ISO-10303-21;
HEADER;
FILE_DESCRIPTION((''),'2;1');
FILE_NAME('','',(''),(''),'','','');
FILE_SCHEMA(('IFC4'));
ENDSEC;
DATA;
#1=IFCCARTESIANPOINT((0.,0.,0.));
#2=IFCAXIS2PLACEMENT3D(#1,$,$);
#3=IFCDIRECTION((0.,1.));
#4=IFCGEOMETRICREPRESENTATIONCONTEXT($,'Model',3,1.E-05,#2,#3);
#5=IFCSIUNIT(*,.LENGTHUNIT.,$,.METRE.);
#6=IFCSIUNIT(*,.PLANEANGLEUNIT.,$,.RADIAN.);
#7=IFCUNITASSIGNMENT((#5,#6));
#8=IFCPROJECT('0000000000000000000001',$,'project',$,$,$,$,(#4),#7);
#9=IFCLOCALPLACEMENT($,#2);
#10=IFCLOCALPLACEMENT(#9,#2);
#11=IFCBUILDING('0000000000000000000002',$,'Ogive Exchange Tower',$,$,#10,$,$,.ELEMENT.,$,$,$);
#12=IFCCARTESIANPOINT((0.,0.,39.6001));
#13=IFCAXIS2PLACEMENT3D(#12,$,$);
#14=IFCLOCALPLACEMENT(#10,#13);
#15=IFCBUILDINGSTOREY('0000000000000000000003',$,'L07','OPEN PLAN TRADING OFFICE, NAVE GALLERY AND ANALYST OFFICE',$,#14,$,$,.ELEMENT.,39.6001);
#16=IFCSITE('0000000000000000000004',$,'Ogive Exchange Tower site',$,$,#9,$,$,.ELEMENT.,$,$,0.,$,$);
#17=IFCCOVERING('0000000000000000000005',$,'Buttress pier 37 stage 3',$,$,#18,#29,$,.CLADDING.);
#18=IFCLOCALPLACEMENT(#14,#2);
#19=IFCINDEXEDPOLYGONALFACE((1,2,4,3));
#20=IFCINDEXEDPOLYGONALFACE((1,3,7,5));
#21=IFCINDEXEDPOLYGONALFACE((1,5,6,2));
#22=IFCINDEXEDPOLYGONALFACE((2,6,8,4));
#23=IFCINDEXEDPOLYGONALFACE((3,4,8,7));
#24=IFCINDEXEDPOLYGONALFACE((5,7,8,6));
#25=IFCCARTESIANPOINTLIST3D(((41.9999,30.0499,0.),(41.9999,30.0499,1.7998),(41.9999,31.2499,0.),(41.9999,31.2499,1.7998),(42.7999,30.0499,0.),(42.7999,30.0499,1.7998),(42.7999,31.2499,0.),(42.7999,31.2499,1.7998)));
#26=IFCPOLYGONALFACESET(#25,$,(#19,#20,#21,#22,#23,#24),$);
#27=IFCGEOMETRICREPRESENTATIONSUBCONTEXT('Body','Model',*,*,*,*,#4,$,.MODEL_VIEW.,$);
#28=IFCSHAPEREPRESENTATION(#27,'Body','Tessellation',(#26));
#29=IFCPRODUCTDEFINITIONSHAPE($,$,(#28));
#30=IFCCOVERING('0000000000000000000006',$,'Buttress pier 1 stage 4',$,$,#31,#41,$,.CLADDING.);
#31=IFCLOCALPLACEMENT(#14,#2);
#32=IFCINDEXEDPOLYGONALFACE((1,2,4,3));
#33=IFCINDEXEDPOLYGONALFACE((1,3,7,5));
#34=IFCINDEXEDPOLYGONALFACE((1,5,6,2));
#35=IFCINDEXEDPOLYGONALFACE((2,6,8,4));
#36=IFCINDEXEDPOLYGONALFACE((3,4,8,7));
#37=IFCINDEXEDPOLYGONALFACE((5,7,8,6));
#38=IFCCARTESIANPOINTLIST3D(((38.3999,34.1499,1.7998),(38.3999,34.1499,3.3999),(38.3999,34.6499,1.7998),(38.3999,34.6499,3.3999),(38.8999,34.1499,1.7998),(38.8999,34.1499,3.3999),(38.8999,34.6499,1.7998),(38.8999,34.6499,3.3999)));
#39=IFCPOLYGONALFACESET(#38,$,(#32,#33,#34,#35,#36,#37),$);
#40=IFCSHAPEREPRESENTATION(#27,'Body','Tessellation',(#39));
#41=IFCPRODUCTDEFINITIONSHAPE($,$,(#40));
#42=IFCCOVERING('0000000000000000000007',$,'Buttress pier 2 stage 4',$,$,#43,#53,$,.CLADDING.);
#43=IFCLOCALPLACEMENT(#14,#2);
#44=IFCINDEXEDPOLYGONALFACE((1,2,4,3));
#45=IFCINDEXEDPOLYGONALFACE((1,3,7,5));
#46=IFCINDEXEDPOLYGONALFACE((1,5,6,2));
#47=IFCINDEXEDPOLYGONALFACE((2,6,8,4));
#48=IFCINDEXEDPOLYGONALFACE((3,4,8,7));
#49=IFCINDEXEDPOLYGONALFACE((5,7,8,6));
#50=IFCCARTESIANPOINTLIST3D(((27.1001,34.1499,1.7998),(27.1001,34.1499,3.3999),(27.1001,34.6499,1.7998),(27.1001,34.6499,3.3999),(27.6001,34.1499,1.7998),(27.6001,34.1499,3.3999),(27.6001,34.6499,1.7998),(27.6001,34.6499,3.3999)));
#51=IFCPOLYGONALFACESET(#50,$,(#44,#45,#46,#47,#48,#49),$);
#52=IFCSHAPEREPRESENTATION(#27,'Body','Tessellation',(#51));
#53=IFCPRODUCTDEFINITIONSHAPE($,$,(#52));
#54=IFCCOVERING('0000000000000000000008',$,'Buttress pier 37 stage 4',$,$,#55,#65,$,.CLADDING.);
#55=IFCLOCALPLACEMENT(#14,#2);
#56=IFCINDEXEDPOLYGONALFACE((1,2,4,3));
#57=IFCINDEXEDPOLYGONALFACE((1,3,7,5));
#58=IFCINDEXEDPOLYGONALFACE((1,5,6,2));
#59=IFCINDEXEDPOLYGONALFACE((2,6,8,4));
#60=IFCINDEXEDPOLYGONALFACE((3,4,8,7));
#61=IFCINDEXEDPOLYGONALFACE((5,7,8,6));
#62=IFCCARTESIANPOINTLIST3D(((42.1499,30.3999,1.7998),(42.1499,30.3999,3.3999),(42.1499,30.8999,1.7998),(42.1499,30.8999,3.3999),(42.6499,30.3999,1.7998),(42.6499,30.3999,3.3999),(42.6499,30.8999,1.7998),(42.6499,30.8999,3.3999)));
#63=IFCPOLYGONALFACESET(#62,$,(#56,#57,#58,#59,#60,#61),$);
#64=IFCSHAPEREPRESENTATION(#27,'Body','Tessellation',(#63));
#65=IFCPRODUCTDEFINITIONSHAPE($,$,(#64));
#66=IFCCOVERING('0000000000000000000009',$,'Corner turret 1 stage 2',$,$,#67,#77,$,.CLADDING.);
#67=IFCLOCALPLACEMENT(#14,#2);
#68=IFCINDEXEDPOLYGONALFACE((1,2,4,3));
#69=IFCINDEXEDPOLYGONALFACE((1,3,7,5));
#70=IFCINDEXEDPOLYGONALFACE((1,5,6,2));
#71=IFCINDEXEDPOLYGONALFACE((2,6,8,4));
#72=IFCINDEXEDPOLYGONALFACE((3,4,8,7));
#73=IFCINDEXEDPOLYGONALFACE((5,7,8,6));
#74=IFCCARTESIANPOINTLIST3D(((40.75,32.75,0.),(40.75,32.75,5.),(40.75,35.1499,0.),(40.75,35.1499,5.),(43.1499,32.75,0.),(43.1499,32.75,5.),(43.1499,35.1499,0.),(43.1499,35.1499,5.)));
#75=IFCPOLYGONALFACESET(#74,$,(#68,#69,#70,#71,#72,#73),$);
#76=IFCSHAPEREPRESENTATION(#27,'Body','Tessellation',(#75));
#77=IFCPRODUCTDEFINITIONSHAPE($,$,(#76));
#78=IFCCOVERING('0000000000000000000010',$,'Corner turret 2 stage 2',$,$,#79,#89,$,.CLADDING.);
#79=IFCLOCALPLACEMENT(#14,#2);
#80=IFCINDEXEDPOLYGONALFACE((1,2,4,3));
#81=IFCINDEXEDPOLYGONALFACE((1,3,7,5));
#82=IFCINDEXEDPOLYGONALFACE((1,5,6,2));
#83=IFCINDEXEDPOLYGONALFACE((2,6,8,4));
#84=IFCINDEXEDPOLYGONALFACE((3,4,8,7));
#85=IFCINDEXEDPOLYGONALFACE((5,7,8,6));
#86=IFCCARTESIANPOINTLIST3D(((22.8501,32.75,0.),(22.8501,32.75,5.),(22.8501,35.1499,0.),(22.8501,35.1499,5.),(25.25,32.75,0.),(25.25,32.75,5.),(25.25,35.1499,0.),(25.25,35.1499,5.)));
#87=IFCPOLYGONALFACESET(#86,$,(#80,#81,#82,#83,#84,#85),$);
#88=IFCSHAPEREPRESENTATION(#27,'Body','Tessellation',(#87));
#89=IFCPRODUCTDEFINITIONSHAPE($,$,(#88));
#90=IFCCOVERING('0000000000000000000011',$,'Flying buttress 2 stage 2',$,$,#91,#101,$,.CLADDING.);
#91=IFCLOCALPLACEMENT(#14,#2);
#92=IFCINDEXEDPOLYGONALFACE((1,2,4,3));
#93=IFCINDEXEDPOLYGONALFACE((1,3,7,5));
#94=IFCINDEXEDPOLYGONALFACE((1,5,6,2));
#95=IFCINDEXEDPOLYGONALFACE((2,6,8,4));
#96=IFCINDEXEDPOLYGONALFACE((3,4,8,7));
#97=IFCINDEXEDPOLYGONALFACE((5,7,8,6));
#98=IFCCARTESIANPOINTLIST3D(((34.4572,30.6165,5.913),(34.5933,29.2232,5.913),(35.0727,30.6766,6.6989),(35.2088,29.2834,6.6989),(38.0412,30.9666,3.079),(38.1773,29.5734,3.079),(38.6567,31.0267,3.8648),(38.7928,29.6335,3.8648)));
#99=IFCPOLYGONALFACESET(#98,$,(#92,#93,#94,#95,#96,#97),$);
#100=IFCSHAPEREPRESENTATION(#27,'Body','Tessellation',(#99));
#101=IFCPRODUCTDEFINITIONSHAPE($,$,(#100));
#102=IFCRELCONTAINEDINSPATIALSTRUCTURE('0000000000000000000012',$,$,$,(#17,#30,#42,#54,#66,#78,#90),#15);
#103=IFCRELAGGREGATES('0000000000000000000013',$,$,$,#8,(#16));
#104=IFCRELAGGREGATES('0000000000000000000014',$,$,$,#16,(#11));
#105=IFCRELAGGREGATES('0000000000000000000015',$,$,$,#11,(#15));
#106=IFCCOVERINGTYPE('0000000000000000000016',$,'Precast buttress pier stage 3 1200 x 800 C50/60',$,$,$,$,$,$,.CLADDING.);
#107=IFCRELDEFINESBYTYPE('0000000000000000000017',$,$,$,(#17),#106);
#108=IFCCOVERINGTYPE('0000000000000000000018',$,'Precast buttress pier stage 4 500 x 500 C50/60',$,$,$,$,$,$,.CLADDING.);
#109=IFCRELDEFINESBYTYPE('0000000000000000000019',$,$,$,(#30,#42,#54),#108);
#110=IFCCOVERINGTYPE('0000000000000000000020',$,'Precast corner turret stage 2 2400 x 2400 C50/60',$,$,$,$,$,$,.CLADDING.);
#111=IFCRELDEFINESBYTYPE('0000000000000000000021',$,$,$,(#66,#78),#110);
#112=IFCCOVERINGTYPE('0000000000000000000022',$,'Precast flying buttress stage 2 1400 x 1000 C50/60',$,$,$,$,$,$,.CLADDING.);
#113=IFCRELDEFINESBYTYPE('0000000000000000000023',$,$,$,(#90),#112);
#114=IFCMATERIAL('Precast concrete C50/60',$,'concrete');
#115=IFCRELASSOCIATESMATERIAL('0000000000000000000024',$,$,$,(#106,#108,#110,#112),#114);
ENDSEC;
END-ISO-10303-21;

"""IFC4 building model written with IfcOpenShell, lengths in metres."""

from ifc_helpers import new_model, si_unit, direction, frame, origin, origin_2d, place, context, subcontext, project, spatial, rectangle, extrude, material, material_profile, profile_set, type_object, element, save


model = new_model("IFC4")

# Units and contexts
model_context = context("Model", 3, precision=1e-05, world=origin(), true_north=direction((0.0, 1.0)))
body_context = subcontext(model_context, "Body", "Model", "MODEL_VIEW")
ifc_project = project(units=[si_unit("LENGTHUNIT", "METRE"), si_unit("PLANEANGLEUNIT", "RADIAN")], contexts=[model_context])

# Site, building, storey
site_placement = place(None, origin())
site = spatial("IfcSite", under=ifc_project, at=site_placement, Name="Ogive Exchange Tower site", CompositionType="ELEMENT", RefElevation=0.0)
building_placement = place(site_placement, origin())
building = spatial("IfcBuilding", under=site, at=building_placement, Name="Ogive Exchange Tower", CompositionType="ELEMENT")
storey_placement = place(building_placement, frame((0.0, 0.0, 39.6001)))
storey = spatial("IfcBuildingStorey", under=building, at=storey_placement, Name="L07", Description="OPEN PLAN TRADING OFFICE, NAVE GALLERY AND ANALYST OFFICE", CompositionType="ELEMENT", Elevation=39.6001)

# Coverings
ifc_material_1 = material(Name="Precast concrete C50/60", Category="concrete")
ifc_material_profile_1 = material_profile(ifc_material_1, rectangle(XDim=1.2, YDim=0.8, at=origin_2d()), Name="BUTTRESS PIER 3 1200 x 800")
ifc_profile_set_1 = profile_set([ifc_material_profile_1], Name="Precast concrete C50/60")
covering_type_1 = type_object("IfcCoveringType", Name="Precast buttress pier stage 3 1200 x 800 C50/60", PredefinedType="CLADDING", material=ifc_profile_set_1)
for number, where, z_axis, x_axis, name in (
    (1, (42.3999, 30.6499, 0.0), (0.0, 0.0, 1.0), (0.0, 1.0, 0.0), "Buttress pier 37 stage 3"),
):
    element("IfcCovering", number, at=place(storey_placement, frame(where, z_axis=z_axis, x_axis=x_axis)), inside=storey, type_object=covering_type_1, Name=name, PredefinedType="CLADDING", context=body_context, shape_type="SweptSolid", body=[
        extrude(rectangle(XDim=1.2, YDim=0.8, at=origin_2d()), origin(), (0.0, 0.0, 1.0), 1.7998),
    ])
ifc_material_profile_2 = material_profile(ifc_material_1, rectangle(XDim=0.5, YDim=0.5, at=origin_2d()), Name="BUTTRESS PIER 4 500 x 500")
ifc_profile_set_2 = profile_set([ifc_material_profile_2], Name="Precast concrete C50/60")
covering_type_2 = type_object("IfcCoveringType", Name="Precast buttress pier stage 4 500 x 500 C50/60", PredefinedType="CLADDING", material=ifc_profile_set_2)
for number, where, z_axis, x_axis, name in (
    (2, (38.6499, 34.3999, 1.7998), (0.0, 0.0, 1.0), (1.0, 0.0, 0.0), "Buttress pier 1 stage 4"),
    (3, (27.3501, 34.3999, 1.7998), (0.0, 0.0, 1.0), (1.0, 0.0, 0.0), "Buttress pier 2 stage 4"),
    (4, (42.3999, 30.6499, 1.7998), (0.0, 0.0, 1.0), (0.0, 1.0, 0.0), "Buttress pier 37 stage 4"),
):
    element("IfcCovering", number, at=place(storey_placement, frame(where, z_axis=z_axis, x_axis=x_axis)), inside=storey, type_object=covering_type_2, Name=name, PredefinedType="CLADDING", context=body_context, shape_type="SweptSolid", body=[
        extrude(rectangle(XDim=0.5, YDim=0.5, at=origin_2d()), origin(), (0.0, 0.0, 1.0), 1.6001),
    ])
ifc_material_profile_3 = material_profile(ifc_material_1, rectangle(XDim=2.3999, YDim=2.3999, at=origin_2d()), Name="CORNER TURRET 2 2400 x 2400")
ifc_profile_set_3 = profile_set([ifc_material_profile_3], Name="Precast concrete C50/60")
covering_type_3 = type_object("IfcCoveringType", Name="Precast corner turret stage 2 2400 x 2400 C50/60", PredefinedType="CLADDING", material=ifc_profile_set_3)
for number, where, z_axis, x_axis, name in (
    (5, (41.95, 33.95, 0.0), (0.0, 0.0, 1.0), (1.0, 0.0, 0.0), "Corner turret 1 stage 2"),
    (6, (24.05, 33.95, 0.0), (0.0, 0.0, 1.0), (1.0, 0.0, 0.0), "Corner turret 2 stage 2"),
):
    element("IfcCovering", number, at=place(storey_placement, frame(where, z_axis=z_axis, x_axis=x_axis)), inside=storey, type_object=covering_type_3, Name=name, PredefinedType="CLADDING", context=body_context, shape_type="SweptSolid", body=[
        extrude(rectangle(XDim=2.3999, YDim=2.3999, at=origin_2d()), origin(), (0.0, 0.0, 1.0), 5.0),
    ])
ifc_material_profile_4 = material_profile(ifc_material_1, rectangle(XDim=1.3999, YDim=1.0, at=origin_2d()), Name="FLYING BUTTRESS 2 1400 x 1000")
ifc_profile_set_4 = profile_set([ifc_material_profile_4], Name="Precast concrete C50/60")
covering_type_4 = type_object("IfcCoveringType", Name="Precast flying buttress stage 2 1400 x 1000 C50/60", PredefinedType="CLADDING", material=ifc_profile_set_4)
covering_placement = place(storey_placement, frame((38.417, 30.3, 3.4719), z_axis=(-0.782109, -0.076399, 0.618441), x_axis=(0.097221, -0.995263, 0.0)))
element("IfcCovering", 7, at=covering_placement, inside=storey, type_object=covering_type_4, Name="Flying buttress 2 stage 2", PredefinedType="CLADDING", context=body_context, shape_type="SweptSolid", body=[
    extrude(rectangle(XDim=1.3999, YDim=1.0, at=origin_2d()), origin(), (0.0, 0.0, 1.0), 4.5825),
])

save(model, "model.ifc")
